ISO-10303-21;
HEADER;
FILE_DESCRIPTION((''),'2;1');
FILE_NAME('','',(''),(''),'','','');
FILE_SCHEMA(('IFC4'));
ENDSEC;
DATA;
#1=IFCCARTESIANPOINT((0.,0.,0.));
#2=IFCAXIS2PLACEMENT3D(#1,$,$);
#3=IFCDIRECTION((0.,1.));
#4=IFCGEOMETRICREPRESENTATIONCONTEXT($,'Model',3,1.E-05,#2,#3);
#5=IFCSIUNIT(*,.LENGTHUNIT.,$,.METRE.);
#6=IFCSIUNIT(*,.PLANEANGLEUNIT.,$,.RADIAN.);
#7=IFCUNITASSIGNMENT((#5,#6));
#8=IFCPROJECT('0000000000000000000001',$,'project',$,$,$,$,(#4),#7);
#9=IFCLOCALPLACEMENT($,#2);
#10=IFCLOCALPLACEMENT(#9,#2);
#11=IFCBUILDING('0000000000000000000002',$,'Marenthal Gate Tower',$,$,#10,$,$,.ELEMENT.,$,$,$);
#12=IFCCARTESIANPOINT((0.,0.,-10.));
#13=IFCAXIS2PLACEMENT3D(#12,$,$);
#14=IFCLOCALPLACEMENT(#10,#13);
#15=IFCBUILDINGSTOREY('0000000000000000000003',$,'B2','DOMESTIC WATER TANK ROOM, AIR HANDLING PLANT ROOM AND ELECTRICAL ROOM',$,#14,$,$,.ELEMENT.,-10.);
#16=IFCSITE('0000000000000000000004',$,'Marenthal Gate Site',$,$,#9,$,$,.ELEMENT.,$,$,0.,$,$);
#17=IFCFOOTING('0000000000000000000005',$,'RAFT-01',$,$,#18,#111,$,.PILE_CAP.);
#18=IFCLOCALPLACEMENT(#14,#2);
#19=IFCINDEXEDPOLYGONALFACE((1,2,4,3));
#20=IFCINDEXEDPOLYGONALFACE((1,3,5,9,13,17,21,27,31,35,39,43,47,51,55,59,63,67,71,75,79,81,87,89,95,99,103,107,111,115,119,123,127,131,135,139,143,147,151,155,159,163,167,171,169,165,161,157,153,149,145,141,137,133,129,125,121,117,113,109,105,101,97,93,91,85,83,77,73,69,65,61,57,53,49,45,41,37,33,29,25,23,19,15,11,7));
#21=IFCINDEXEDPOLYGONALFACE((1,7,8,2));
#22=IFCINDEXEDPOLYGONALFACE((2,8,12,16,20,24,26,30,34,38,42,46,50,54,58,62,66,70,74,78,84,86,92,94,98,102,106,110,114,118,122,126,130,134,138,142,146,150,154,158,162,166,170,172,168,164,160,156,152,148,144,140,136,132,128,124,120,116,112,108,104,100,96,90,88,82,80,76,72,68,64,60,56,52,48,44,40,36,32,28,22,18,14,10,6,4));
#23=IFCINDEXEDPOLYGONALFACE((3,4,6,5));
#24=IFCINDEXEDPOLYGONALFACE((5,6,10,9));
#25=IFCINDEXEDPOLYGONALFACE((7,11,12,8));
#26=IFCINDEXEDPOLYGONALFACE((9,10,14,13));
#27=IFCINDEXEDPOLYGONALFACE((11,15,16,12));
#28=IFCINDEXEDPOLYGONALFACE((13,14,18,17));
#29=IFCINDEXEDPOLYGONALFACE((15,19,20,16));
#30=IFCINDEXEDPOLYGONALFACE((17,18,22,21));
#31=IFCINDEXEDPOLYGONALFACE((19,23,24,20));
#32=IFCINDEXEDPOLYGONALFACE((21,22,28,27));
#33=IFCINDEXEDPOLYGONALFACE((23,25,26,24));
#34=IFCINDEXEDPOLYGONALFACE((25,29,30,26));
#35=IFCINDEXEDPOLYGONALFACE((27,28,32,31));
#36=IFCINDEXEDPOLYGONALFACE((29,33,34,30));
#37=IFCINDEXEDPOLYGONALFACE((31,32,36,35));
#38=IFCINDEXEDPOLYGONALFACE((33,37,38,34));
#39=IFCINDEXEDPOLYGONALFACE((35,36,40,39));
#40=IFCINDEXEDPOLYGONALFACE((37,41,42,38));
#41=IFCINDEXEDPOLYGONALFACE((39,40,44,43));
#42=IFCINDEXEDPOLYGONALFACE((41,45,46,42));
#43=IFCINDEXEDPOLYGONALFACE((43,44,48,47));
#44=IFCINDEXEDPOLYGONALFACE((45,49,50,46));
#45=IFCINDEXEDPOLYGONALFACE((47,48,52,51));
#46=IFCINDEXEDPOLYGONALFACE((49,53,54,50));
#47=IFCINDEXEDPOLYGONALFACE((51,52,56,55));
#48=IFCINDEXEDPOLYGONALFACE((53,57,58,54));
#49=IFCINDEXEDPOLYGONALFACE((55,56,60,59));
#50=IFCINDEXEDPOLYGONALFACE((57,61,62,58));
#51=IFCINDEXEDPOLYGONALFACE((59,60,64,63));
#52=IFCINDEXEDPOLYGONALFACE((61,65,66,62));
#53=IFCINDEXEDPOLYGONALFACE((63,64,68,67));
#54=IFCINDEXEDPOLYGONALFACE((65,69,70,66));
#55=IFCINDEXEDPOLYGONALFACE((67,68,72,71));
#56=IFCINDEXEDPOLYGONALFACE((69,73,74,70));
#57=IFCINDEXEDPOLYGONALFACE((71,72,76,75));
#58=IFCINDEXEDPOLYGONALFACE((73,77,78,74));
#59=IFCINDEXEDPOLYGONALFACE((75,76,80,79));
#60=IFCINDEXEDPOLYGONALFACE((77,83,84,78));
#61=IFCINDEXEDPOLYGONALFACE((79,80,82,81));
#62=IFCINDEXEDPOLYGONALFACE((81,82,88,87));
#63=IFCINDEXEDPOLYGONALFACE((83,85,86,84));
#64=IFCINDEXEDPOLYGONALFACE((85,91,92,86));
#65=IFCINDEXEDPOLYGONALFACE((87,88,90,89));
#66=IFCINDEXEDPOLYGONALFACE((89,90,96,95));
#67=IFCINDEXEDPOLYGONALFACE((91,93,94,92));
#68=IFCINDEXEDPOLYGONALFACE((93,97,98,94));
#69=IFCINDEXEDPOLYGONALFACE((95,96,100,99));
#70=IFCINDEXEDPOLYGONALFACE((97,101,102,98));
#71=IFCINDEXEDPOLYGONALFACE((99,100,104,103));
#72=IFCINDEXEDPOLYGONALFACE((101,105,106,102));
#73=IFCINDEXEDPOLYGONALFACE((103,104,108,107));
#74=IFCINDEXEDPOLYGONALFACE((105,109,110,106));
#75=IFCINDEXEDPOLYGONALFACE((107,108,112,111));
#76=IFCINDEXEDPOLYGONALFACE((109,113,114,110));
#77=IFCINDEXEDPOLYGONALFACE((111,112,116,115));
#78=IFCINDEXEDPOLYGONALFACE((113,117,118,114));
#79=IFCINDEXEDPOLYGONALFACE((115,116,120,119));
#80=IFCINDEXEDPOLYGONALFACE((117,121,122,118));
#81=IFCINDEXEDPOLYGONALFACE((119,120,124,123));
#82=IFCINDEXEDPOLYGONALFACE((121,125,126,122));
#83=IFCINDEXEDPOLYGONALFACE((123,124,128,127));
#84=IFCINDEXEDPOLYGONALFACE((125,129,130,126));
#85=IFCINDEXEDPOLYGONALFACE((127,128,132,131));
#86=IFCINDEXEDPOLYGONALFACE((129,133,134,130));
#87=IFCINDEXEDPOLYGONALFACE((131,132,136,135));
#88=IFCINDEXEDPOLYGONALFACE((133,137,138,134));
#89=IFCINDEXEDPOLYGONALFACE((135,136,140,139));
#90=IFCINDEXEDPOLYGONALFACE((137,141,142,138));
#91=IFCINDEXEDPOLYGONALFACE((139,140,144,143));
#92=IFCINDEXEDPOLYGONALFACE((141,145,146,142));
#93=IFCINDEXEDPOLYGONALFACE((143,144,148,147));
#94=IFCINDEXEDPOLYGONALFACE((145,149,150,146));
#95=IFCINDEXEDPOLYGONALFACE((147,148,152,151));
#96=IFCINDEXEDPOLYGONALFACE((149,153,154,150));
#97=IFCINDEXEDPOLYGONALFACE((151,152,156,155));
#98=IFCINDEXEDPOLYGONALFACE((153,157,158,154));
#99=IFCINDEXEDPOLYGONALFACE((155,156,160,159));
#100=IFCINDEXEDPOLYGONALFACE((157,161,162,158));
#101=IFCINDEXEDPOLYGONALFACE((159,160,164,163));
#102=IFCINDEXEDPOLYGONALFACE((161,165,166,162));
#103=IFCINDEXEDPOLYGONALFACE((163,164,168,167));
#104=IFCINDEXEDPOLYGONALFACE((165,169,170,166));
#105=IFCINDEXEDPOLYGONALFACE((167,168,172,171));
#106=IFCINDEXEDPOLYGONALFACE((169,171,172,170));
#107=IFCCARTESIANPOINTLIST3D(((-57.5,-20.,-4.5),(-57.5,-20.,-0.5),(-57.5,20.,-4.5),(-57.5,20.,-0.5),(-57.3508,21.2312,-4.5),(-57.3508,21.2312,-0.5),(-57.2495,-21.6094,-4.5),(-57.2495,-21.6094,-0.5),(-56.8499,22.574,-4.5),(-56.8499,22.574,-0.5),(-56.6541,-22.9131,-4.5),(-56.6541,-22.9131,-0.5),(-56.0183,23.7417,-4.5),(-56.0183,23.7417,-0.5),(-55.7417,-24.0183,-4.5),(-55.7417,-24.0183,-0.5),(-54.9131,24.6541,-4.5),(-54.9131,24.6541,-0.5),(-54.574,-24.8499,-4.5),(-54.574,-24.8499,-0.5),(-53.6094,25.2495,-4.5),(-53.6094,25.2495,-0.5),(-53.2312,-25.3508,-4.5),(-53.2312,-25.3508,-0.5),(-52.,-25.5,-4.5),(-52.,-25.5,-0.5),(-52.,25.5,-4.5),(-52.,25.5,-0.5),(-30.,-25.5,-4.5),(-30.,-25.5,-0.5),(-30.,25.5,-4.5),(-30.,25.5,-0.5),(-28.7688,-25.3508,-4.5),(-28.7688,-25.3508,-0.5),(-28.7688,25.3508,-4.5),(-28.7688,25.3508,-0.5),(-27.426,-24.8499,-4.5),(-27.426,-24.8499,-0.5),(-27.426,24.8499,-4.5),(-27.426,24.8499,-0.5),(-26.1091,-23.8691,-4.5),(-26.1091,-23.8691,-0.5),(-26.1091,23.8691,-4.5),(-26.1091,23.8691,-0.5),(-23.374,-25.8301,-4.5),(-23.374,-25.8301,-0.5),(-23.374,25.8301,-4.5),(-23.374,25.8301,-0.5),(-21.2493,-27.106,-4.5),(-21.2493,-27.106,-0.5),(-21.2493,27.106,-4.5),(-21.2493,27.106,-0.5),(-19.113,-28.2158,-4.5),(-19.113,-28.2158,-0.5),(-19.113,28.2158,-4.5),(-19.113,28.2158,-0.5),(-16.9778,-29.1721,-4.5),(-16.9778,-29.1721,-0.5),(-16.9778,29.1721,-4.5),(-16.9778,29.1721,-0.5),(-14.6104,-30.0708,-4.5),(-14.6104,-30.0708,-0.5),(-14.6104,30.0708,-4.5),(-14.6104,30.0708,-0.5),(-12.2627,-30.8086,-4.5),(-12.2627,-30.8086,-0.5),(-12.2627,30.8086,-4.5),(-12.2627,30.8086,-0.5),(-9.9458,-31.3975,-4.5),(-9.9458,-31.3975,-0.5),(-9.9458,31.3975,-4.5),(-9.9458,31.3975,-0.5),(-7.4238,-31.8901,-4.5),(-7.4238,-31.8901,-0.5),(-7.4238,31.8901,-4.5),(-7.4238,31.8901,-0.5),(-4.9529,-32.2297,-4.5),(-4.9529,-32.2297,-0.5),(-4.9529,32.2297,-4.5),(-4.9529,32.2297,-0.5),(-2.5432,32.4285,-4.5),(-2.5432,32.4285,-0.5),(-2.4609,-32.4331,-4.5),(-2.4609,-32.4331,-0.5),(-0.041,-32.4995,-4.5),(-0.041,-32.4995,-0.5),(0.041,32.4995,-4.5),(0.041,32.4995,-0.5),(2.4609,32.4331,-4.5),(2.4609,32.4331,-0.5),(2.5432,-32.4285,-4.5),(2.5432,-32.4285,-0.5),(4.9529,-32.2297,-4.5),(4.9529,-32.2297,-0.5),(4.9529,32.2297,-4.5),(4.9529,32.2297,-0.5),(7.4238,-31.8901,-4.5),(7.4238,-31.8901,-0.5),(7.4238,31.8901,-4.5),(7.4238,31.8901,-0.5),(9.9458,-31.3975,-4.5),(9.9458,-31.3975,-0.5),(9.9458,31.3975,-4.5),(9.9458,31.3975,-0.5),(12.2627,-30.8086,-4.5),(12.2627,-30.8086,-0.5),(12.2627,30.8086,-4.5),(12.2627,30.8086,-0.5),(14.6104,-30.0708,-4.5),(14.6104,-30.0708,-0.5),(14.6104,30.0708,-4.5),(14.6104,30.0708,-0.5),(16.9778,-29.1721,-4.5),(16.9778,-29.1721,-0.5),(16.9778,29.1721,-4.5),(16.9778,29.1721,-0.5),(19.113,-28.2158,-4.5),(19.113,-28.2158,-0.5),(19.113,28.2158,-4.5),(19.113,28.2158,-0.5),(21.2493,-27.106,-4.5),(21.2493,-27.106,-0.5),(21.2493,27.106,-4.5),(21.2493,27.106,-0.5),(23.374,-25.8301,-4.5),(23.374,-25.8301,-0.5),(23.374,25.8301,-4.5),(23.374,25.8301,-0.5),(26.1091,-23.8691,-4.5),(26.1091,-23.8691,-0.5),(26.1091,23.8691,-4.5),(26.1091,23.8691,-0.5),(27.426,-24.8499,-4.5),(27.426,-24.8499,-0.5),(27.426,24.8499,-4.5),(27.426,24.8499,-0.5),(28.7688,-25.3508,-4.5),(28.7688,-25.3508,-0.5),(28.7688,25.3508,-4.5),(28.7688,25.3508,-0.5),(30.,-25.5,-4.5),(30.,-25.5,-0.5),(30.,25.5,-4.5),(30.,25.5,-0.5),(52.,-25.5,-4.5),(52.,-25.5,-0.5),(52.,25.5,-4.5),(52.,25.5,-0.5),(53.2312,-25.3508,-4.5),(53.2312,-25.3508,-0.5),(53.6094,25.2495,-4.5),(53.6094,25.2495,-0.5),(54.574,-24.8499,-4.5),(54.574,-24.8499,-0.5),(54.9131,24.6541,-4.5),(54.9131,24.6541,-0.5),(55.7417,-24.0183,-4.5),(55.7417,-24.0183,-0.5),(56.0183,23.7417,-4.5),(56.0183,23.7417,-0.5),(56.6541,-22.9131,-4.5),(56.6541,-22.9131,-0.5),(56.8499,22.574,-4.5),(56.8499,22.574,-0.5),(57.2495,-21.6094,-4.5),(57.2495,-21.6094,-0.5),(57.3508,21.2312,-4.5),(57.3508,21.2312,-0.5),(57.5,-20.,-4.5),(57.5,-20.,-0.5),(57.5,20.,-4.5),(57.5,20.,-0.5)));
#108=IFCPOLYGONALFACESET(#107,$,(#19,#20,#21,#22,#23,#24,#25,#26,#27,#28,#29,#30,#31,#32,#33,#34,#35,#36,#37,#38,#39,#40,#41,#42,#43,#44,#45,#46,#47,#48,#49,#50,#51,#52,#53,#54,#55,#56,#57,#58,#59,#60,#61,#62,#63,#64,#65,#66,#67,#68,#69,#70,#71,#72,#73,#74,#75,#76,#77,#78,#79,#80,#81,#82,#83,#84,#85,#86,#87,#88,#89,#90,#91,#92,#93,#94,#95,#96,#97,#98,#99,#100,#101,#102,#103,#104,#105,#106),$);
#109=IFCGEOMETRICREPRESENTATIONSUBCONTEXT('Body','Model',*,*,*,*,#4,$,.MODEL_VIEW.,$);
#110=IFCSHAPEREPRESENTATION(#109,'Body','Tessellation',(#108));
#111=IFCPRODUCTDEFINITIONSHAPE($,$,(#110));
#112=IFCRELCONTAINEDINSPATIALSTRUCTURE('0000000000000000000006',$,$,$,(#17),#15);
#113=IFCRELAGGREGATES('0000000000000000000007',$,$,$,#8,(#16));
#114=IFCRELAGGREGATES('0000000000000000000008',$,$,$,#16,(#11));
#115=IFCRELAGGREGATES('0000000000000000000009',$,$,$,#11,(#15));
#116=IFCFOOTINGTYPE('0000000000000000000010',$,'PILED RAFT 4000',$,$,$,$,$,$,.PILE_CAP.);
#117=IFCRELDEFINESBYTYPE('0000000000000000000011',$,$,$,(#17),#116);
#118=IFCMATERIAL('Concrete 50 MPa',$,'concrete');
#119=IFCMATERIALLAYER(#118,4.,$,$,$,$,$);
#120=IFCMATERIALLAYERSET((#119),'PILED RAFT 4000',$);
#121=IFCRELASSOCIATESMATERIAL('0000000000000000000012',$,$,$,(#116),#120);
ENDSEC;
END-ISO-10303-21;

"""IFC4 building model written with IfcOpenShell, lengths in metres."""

from ifc_helpers import new_model, si_unit, direction, frame, origin, place, context, subcontext, project, spatial, polyline, outline, extrude, material, layer, layer_set, type_object, element, save


model = new_model("IFC4")

# Units and contexts
model_context = context("Model", 3, precision=1e-05, world=origin(), true_north=direction((0.0, 1.0)))
body_context = subcontext(model_context, "Body", "Model", "MODEL_VIEW")
ifc_project = project(units=[si_unit("LENGTHUNIT", "METRE"), si_unit("PLANEANGLEUNIT", "RADIAN")], contexts=[model_context])

# Site, building, storey
site_placement = place(None, origin())
site = spatial("IfcSite", under=ifc_project, at=site_placement, Name="Marenthal Gate Site", CompositionType="ELEMENT", RefElevation=0.0)
building_placement = place(site_placement, origin())
building = spatial("IfcBuilding", under=site, at=building_placement, Name="Marenthal Gate Tower", CompositionType="ELEMENT")
storey_placement = place(building_placement, frame((0.0, 0.0, -10.0)))
storey = spatial("IfcBuildingStorey", under=building, at=storey_placement, Name="B2", Description="DOMESTIC WATER TANK ROOM, AIR HANDLING PLANT ROOM AND ELECTRICAL ROOM", CompositionType="ELEMENT", Elevation=-10.0)

# Footing
ifc_material_1 = material(Name="Concrete 50 MPa", Category="concrete")
ifc_layer_1 = layer(ifc_material_1, 4.0)
ifc_layer_set_1 = layer_set([ifc_layer_1], Name="PILED RAFT 4000")
footing_type = type_object("IfcFootingType", Name="PILED RAFT 4000", PredefinedType="PILE_CAP", material=ifc_layer_set_1)
footing_placement = place(storey_placement, frame((0.0, 0.0, -4.5)))
element("IfcFooting", 1, at=footing_placement, inside=storey, type_object=footing_type, Name="RAFT-01", PredefinedType="PILE_CAP", context=body_context, shape_type="SweptSolid", body=[
    extrude(outline(polyline([(-26.1091, -23.8691), (-23.374, -25.8301), (-21.2493, -27.106), (-19.113, -28.2158), (-16.9778, -29.1721), (-14.6104, -30.0708), (-12.2627, -30.8086), (-9.9458, -31.3975), (-7.4238, -31.8901), (-4.9529, -32.2297), (-2.4609, -32.4331), (-0.041, -32.4995), (2.5432, -32.4285), (4.9529, -32.2297), (7.4238, -31.8901), (9.9458, -31.3975), (12.2627, -30.8086), (14.6104, -30.0708), (16.9778, -29.1721), (19.113, -28.2158), (21.2493, -27.106), (23.374, -25.8301), (26.1091, -23.8691), (27.426, -24.8499), (28.7688, -25.3508), (30.0, -25.5), (52.0, -25.5), (53.2312, -25.3508), (54.574, -24.8499), (55.7417, -24.0183), (56.6541, -22.9131), (57.2495, -21.6094), (57.5, -20.0), (57.5, 20.0), (57.3508, 21.2312), (56.8499, 22.574), (56.0183, 23.7417), (54.9131, 24.6541), (53.6094, 25.2495), (52.0, 25.5), (30.0, 25.5), (28.7688, 25.3508), (27.426, 24.8499), (26.1091, 23.8691), (23.374, 25.8301), (21.2493, 27.106), (19.113, 28.2158), (16.9778, 29.1721), (14.6104, 30.0708), (12.2627, 30.8086), (9.9458, 31.3975), (7.4238, 31.8901), (4.9529, 32.2297), (2.4609, 32.4331), (0.041, 32.4995), (-2.5432, 32.4285), (-4.9529, 32.2297), (-7.4238, 31.8901), (-9.9458, 31.3975), (-12.2627, 30.8086), (-14.6104, 30.0708), (-16.9778, 29.1721), (-19.113, 28.2158), (-21.2493, 27.106), (-23.374, 25.8301), (-26.1091, 23.8691), (-27.426, 24.8499), (-28.7688, 25.3508), (-30.0, 25.5), (-52.0, 25.5), (-53.6094, 25.2495), (-54.9131, 24.6541), (-56.0183, 23.7417), (-56.8499, 22.574), (-57.3508, 21.2312), (-57.5, 20.0), (-57.5, -20.0), (-57.2495, -21.6094), (-56.6541, -22.9131), (-55.7417, -24.0183), (-54.574, -24.8499), (-53.2312, -25.3508), (-52.0, -25.5), (-30.0, -25.5), (-28.7688, -25.3508), (-27.426, -24.8499), (-26.1091, -23.8691)])), origin(), (0.0, 0.0, 1.0), 4.0),
])

save(model, "model.ifc")
